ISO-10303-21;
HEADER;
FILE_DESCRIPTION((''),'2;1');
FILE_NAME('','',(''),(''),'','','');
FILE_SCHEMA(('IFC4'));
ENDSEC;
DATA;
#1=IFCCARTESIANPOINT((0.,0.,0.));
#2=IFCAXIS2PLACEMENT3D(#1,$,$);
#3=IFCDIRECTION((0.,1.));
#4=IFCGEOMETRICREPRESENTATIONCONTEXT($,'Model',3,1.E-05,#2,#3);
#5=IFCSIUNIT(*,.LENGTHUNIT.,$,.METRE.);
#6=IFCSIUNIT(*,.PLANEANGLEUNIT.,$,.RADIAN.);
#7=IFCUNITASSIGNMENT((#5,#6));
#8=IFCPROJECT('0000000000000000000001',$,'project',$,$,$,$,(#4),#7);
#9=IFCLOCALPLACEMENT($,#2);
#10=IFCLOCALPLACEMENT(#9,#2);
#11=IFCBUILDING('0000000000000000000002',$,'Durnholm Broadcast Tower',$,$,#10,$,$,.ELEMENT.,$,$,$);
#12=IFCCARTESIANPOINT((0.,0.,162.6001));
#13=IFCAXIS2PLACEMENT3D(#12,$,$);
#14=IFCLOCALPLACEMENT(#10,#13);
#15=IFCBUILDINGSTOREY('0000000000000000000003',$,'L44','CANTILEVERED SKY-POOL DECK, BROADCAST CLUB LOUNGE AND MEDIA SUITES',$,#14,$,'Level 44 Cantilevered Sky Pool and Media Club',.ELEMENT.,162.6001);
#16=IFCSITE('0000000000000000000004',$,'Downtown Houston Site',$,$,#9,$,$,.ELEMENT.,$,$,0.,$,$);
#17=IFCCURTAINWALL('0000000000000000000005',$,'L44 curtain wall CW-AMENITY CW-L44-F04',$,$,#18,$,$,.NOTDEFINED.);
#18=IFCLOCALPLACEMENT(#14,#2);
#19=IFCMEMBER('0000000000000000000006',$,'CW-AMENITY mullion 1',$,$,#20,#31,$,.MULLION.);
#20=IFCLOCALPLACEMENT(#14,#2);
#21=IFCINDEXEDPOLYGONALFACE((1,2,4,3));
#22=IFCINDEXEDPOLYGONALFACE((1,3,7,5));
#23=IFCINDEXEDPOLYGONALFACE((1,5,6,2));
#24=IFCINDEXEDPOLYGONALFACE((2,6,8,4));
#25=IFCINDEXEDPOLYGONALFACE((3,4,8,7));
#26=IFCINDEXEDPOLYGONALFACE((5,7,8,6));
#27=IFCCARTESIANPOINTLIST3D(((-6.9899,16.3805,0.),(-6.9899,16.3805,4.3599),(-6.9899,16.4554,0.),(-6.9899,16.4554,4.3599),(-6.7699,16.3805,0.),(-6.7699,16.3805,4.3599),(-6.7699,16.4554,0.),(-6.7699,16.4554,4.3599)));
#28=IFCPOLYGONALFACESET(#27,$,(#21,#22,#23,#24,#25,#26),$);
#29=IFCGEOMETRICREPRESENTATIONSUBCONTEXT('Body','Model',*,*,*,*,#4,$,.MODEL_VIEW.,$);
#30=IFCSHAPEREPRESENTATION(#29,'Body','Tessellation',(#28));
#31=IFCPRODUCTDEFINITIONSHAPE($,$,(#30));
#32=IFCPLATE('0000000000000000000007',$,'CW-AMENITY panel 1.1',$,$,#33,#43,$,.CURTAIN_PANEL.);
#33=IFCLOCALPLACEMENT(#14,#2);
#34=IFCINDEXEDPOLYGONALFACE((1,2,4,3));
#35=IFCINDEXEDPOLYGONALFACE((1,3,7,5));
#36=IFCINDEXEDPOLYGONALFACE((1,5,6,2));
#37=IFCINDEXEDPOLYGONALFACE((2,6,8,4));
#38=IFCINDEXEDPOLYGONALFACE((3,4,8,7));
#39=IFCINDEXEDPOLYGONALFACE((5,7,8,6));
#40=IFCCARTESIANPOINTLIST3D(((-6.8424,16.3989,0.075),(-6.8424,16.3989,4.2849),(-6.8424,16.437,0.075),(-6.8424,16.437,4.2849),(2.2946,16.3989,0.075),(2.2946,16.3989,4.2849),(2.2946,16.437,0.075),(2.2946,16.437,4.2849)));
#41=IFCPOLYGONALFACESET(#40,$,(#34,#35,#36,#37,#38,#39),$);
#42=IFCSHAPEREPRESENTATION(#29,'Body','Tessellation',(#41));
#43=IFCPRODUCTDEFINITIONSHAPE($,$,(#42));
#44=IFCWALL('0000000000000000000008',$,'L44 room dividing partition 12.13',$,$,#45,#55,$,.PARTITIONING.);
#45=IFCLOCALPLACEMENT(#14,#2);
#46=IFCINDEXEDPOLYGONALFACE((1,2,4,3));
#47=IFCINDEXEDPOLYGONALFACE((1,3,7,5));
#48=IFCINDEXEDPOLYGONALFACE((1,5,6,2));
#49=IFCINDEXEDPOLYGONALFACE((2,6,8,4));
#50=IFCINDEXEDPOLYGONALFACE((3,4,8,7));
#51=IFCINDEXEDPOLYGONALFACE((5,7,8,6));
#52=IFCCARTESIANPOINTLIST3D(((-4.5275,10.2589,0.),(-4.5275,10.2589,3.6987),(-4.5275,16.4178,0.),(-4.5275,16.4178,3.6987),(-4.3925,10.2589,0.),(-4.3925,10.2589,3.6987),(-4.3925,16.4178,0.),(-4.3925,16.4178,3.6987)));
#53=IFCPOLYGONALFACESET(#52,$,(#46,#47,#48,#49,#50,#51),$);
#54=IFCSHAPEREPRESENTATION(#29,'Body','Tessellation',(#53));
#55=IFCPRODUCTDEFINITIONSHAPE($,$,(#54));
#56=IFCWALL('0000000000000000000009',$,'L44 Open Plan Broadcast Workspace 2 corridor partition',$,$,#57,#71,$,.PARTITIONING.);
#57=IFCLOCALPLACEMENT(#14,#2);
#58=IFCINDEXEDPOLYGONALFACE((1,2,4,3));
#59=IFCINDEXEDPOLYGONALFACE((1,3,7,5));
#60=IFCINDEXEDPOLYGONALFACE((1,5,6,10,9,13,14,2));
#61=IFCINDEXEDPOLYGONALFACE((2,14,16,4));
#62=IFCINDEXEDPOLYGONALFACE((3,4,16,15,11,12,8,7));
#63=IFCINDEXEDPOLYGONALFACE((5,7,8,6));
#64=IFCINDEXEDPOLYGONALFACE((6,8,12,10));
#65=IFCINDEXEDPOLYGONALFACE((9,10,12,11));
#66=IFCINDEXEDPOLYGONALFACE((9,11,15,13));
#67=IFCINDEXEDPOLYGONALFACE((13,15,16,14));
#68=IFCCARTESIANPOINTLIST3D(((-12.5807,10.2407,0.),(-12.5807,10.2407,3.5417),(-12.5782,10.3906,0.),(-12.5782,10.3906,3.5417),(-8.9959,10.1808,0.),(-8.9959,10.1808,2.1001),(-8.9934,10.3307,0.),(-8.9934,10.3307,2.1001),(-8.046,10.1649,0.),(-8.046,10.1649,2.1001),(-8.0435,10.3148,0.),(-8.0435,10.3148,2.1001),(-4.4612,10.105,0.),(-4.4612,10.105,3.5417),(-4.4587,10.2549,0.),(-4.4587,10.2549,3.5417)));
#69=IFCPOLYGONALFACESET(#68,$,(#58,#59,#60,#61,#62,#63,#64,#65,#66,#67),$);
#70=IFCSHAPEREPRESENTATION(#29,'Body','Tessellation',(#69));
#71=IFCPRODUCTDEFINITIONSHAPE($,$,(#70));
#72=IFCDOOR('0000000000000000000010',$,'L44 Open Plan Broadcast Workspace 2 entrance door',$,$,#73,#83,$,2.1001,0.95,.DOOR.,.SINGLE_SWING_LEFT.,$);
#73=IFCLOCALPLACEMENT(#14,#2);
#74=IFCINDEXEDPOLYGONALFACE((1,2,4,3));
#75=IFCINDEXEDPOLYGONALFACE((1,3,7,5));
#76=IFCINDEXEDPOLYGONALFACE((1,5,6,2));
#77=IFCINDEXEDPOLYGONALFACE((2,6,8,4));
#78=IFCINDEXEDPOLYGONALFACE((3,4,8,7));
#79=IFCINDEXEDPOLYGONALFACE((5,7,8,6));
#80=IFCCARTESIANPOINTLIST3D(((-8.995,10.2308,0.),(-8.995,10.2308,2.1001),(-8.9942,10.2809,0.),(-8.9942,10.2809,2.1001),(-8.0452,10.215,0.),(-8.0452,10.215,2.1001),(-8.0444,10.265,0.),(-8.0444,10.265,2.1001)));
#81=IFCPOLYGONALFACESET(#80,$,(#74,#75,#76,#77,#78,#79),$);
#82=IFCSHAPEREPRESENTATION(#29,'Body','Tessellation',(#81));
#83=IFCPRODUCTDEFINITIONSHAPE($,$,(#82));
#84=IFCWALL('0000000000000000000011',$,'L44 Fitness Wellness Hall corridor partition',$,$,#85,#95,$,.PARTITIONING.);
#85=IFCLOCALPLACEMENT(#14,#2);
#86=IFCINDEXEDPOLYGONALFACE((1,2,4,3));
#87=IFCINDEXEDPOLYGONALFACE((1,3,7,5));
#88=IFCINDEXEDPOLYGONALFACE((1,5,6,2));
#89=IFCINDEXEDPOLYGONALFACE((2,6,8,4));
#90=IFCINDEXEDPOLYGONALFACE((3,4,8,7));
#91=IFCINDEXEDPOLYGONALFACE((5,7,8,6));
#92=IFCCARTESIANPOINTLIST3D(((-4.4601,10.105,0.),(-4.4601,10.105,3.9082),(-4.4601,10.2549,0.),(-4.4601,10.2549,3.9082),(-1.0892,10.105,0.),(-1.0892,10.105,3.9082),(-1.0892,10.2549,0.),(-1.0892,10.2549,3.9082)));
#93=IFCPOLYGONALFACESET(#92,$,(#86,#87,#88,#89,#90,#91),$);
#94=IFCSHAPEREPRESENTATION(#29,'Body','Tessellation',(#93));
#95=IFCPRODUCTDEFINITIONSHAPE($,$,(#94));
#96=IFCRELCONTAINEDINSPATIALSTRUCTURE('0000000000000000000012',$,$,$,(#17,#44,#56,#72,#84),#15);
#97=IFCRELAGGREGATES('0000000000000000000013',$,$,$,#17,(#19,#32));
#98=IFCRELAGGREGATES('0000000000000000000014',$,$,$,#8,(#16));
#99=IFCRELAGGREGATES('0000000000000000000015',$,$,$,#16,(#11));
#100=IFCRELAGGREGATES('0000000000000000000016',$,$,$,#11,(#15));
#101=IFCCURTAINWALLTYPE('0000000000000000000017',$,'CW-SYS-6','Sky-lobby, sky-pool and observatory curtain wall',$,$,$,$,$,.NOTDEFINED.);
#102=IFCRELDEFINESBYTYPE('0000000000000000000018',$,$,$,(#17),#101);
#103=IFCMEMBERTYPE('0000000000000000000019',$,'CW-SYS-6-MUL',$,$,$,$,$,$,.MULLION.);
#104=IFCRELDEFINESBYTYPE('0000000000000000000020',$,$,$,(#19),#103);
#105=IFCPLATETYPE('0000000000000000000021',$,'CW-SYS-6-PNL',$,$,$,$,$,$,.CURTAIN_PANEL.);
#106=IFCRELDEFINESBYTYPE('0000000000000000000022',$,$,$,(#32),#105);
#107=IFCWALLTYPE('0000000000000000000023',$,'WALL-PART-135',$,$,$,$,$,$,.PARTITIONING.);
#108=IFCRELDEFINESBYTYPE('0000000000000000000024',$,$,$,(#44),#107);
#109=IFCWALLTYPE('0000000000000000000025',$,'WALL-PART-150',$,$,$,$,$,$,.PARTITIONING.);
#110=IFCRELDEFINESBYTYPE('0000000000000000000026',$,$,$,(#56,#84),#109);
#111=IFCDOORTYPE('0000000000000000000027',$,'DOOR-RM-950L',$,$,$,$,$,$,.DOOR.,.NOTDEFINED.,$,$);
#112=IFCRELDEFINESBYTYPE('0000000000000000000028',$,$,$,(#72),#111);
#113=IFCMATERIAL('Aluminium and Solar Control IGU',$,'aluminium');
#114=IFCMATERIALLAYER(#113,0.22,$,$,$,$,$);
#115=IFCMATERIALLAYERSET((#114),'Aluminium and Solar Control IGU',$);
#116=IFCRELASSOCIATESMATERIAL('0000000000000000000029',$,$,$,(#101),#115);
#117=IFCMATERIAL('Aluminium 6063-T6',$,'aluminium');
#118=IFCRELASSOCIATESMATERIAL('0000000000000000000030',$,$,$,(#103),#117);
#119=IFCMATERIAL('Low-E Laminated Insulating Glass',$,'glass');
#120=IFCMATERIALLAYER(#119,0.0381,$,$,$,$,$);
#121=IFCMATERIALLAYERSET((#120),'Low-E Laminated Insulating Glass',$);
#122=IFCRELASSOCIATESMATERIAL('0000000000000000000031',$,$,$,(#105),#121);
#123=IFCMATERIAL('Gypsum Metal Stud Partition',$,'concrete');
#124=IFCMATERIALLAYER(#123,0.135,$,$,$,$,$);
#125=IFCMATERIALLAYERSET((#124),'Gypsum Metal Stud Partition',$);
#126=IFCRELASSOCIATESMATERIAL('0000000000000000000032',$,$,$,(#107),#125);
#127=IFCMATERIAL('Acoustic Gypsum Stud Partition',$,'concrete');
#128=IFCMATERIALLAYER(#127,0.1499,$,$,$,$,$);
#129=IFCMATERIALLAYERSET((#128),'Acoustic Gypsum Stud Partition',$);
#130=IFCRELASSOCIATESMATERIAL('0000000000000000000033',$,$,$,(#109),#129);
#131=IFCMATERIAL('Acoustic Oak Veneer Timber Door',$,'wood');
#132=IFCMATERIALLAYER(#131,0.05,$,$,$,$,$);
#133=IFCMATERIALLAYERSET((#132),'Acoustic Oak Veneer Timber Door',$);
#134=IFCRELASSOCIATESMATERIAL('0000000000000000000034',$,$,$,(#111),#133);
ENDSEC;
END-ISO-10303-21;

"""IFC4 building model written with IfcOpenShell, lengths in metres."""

from ifc_helpers import new_model, si_unit, direction, frame, frame_2d, origin, origin_2d, place, context, subcontext, project, spatial, rectangle, extrude, source, transform, mapped, material, layer, layer_set, material_profile, profile_set, type_object, type_shapes, element, fill, aggregate, save


model = new_model("IFC4")

# Units and contexts
model_context = context("Model", 3, precision=1e-05, world=origin(), true_north=direction((0.0, 1.0)))
body_context = subcontext(model_context, "Body", "Model", "MODEL_VIEW")
ifc_project = project(units=[si_unit("LENGTHUNIT", "METRE"), si_unit("PLANEANGLEUNIT", "RADIAN")], contexts=[model_context])

# Site, building, storey
site_placement = place(None, origin())
site = spatial("IfcSite", under=ifc_project, at=site_placement, Name="Downtown Houston Site", CompositionType="ELEMENT", RefElevation=0.0)
building_placement = place(site_placement, origin())
building = spatial("IfcBuilding", under=site, at=building_placement, Name="Durnholm Broadcast Tower", CompositionType="ELEMENT")
storey_placement = place(building_placement, frame((0.0, 0.0, 162.6001)))
storey = spatial("IfcBuildingStorey", under=building, at=storey_placement, Name="L44", Description="CANTILEVERED SKY-POOL DECK, BROADCAST CLUB LOUNGE AND MEDIA SUITES", LongName="Level 44 Cantilevered Sky Pool and Media Club", CompositionType="ELEMENT", Elevation=162.6001)

# Curtain wall
ifc_material_1 = material(Name="Aluminium and Solar Control IGU", Category="aluminium")
ifc_layer_1 = layer(ifc_material_1, 0.22)
ifc_layer_set_1 = layer_set([ifc_layer_1], Name="Aluminium and Solar Control IGU")
curtain_wall_type_1 = type_object("IfcCurtainWallType", Name="CW-SYS-6", Description="Sky-lobby, sky-pool and observatory curtain wall", PredefinedType="NOTDEFINED", material=ifc_layer_set_1)
curtain_wall_1_placement = place(storey_placement, origin())
curtain_wall_1 = element("IfcCurtainWall", 1, at=curtain_wall_1_placement, inside=storey, type_object=curtain_wall_type_1, Name="L44 curtain wall CW-AMENITY CW-L44-F04", PredefinedType="NOTDEFINED")
ifc_material_2 = material(Name="Aluminium 6063-T6", Category="aluminium")

# Member
ifc_material_profile_1 = material_profile(ifc_material_2, rectangle(XDim=0.075, YDim=0.22, at=origin_2d()), Name="CWM75X220")
ifc_profile_set_1 = profile_set([ifc_material_profile_1], Name="Aluminium 6063-T6")
member_type_1 = type_object("IfcMemberType", Name="CW-SYS-6-MUL", PredefinedType="MULLION", material=ifc_profile_set_1)
shared_shape_1 = source(origin(), body_context, "Body", "SweptSolid", [
    extrude(rectangle(XDim=0.075, YDim=0.22, at=origin_2d()), origin(), (0.0, 0.0, 1.0), 4.3599),
])
type_shapes(member_type_1, [shared_shape_1])
member_1_placement = place(storey_placement, frame((-6.8799, 16.418, 0.0), z_axis=(0.0, 0.0, 1.0), x_axis=(0.0, 1.0, 0.0)))
member_1 = element("IfcMember", 2, at=member_1_placement, type_object=member_type_1, Name="CW-AMENITY mullion 1", PredefinedType="MULLION", context=body_context, shape_type="MappedRepresentation", body=[
    mapped(shared_shape_1, transform((0.0, 0.0, 0.0), x_axis=(1.0, 0.0, 0.0), y_axis=(0.0, 1.0, 0.0), z_axis=(0.0, 0.0, 1.0), scale=1.0)),
])

# Plate
ifc_material_3 = material(Name="Low-E Laminated Insulating Glass", Category="glass")
ifc_layer_2 = layer(ifc_material_3, 0.0381)
ifc_layer_set_2 = layer_set([ifc_layer_2], Name="Low-E Laminated Insulating Glass")
plate_type = type_object("IfcPlateType", Name="CW-SYS-6-PNL", PredefinedType="CURTAIN_PANEL", material=ifc_layer_set_2)
shared_shape_2 = source(origin(), body_context, "Body", "SweptSolid", [
    extrude(rectangle(XDim=9.137, YDim=0.0381, at=origin_2d()), origin(), (0.0, 0.0, 1.0), 4.21),
])
type_shapes(plate_type, [shared_shape_2])
plate_placement = place(storey_placement, frame((-2.2739, 16.418, 0.075), z_axis=(0.0, 0.0, 1.0), x_axis=(1.0, 0.0, 0.0)))
plate = element("IfcPlate", 3, at=plate_placement, type_object=plate_type, Name="CW-AMENITY panel 1.1", PredefinedType="CURTAIN_PANEL", context=body_context, shape_type="MappedRepresentation", body=[
    mapped(shared_shape_2, transform((0.0, 0.0, 0.0), x_axis=(1.0, 0.0, 0.0), y_axis=(0.0, 1.0, 0.0), z_axis=(0.0, 0.0, 1.0), scale=1.0)),
])
aggregate(curtain_wall_1, [member_1, plate])

# Wall
ifc_material_4 = material(Name="Gypsum Metal Stud Partition", Category="concrete")
ifc_layer_3 = layer(ifc_material_4, 0.135)
ifc_layer_set_3 = layer_set([ifc_layer_3], Name="Gypsum Metal Stud Partition")
wall_type_1 = type_object("IfcWallType", Name="WALL-PART-135", PredefinedType="PARTITIONING", material=ifc_layer_set_3)
wall_1_placement = place(storey_placement, frame((-4.46, 16.418, 0.0), z_axis=(0.0, 0.0, 1.0), x_axis=(0.0, -1.0, 0.0)))
element("IfcWall", 4, at=wall_1_placement, inside=storey, type_object=wall_type_1, Name="L44 room dividing partition 12.13", PredefinedType="PARTITIONING", context=body_context, shape_type="SweptSolid", body=[
    extrude(rectangle(XDim=6.1589, YDim=0.135, at=frame_2d((3.0796, 0.0))), origin(), (0.0, 0.0, 1.0), 3.6987),
])

# Wall, opening, door
ifc_material_5 = material(Name="Acoustic Gypsum Stud Partition", Category="concrete")
ifc_layer_4 = layer(ifc_material_5, 0.1499)
ifc_layer_set_4 = layer_set([ifc_layer_4], Name="Acoustic Gypsum Stud Partition")
wall_type_2 = type_object("IfcWallType", Name="WALL-PART-150", PredefinedType="PARTITIONING", material=ifc_layer_set_4)
wall_2_placement = place(storey_placement, frame((-4.46, 10.1799, 0.0), z_axis=(0.0, 0.0, 1.0), x_axis=(-0.99986, 0.016716, 0.0)))
wall_2 = element("IfcWall", 5, at=wall_2_placement, inside=storey, type_object=wall_type_2, Name="L44 Open Plan Broadcast Workspace 2 corridor partition", PredefinedType="PARTITIONING", context=body_context, shape_type="SweptSolid", body=[
    extrude(rectangle(XDim=8.1206, YDim=0.1499, at=frame_2d((4.0603, 0.0))), origin(), (0.0, 0.0, 1.0), 3.5417),
])
opening_1_placement = place(wall_2_placement, frame((3.5852, 0.0, 0.0)))
opening_1 = element("IfcOpeningElement", 6, at=opening_1_placement, cuts=wall_2, PredefinedType="OPENING", context=body_context, shape_type="SweptSolid", body=[
    extrude(rectangle(XDim=0.95, YDim=2.1001, at=frame_2d((0.4751, 1.05))), frame((0.0, 0.085, 0.0), z_axis=(0.0, -1.0, 0.0), x_axis=(1.0, 0.0, 0.0)), (0.0, 0.0, 1.0), 0.1699),
])
ifc_material_6 = material(Name="Acoustic Oak Veneer Timber Door", Category="wood")
ifc_layer_5 = layer(ifc_material_6, 0.05)
ifc_layer_set_5 = layer_set([ifc_layer_5], Name="Acoustic Oak Veneer Timber Door")
door_type_1 = type_object("IfcDoorType", Name="DOOR-RM-950L", OperationType="NOTDEFINED", PredefinedType="DOOR", material=ifc_layer_set_5)
shared_shape_3 = source(origin(), body_context, "Body", "SweptSolid", [
    extrude(rectangle(XDim=0.95, YDim=2.1001, at=frame_2d((0.4751, 1.05))), frame((0.0, 0.0249, 0.0), z_axis=(0.0, -1.0, 0.0), x_axis=(1.0, 0.0, 0.0)), (0.0, 0.0, 1.0), 0.05),
])
type_shapes(door_type_1, [shared_shape_3])
door_1_placement = place(opening_1_placement, origin())
door_1 = element("IfcDoor", 7, at=door_1_placement, inside=storey, type_object=door_type_1, Name="L44 Open Plan Broadcast Workspace 2 entrance door", OperationType="SINGLE_SWING_LEFT", OverallHeight=2.1001, OverallWidth=0.95, PredefinedType="DOOR", context=body_context, shape_type="MappedRepresentation", body=[
    mapped(shared_shape_3, transform((0.0, 0.0, 0.0), x_axis=(1.0, 0.0, 0.0), y_axis=(0.0, 1.0, 0.0), z_axis=(0.0, 0.0, 1.0), scale=1.0)),
])
fill(opening_1, door_1)

# Wall
wall_3_placement = place(storey_placement, frame((-1.0891, 10.1799, 0.0), z_axis=(0.0, 0.0, 1.0), x_axis=(-1.0, 0.0, 0.0)))
element("IfcWall", 8, at=wall_3_placement, inside=storey, type_object=wall_type_2, Name="L44 Fitness Wellness Hall corridor partition", PredefinedType="PARTITIONING", context=body_context, shape_type="SweptSolid", body=[
    extrude(rectangle(XDim=3.3708, YDim=0.1499, at=frame_2d((1.6855, 0.0))), origin(), (0.0, 0.0, 1.0), 3.9082),
])

save(model, "model.ifc")
